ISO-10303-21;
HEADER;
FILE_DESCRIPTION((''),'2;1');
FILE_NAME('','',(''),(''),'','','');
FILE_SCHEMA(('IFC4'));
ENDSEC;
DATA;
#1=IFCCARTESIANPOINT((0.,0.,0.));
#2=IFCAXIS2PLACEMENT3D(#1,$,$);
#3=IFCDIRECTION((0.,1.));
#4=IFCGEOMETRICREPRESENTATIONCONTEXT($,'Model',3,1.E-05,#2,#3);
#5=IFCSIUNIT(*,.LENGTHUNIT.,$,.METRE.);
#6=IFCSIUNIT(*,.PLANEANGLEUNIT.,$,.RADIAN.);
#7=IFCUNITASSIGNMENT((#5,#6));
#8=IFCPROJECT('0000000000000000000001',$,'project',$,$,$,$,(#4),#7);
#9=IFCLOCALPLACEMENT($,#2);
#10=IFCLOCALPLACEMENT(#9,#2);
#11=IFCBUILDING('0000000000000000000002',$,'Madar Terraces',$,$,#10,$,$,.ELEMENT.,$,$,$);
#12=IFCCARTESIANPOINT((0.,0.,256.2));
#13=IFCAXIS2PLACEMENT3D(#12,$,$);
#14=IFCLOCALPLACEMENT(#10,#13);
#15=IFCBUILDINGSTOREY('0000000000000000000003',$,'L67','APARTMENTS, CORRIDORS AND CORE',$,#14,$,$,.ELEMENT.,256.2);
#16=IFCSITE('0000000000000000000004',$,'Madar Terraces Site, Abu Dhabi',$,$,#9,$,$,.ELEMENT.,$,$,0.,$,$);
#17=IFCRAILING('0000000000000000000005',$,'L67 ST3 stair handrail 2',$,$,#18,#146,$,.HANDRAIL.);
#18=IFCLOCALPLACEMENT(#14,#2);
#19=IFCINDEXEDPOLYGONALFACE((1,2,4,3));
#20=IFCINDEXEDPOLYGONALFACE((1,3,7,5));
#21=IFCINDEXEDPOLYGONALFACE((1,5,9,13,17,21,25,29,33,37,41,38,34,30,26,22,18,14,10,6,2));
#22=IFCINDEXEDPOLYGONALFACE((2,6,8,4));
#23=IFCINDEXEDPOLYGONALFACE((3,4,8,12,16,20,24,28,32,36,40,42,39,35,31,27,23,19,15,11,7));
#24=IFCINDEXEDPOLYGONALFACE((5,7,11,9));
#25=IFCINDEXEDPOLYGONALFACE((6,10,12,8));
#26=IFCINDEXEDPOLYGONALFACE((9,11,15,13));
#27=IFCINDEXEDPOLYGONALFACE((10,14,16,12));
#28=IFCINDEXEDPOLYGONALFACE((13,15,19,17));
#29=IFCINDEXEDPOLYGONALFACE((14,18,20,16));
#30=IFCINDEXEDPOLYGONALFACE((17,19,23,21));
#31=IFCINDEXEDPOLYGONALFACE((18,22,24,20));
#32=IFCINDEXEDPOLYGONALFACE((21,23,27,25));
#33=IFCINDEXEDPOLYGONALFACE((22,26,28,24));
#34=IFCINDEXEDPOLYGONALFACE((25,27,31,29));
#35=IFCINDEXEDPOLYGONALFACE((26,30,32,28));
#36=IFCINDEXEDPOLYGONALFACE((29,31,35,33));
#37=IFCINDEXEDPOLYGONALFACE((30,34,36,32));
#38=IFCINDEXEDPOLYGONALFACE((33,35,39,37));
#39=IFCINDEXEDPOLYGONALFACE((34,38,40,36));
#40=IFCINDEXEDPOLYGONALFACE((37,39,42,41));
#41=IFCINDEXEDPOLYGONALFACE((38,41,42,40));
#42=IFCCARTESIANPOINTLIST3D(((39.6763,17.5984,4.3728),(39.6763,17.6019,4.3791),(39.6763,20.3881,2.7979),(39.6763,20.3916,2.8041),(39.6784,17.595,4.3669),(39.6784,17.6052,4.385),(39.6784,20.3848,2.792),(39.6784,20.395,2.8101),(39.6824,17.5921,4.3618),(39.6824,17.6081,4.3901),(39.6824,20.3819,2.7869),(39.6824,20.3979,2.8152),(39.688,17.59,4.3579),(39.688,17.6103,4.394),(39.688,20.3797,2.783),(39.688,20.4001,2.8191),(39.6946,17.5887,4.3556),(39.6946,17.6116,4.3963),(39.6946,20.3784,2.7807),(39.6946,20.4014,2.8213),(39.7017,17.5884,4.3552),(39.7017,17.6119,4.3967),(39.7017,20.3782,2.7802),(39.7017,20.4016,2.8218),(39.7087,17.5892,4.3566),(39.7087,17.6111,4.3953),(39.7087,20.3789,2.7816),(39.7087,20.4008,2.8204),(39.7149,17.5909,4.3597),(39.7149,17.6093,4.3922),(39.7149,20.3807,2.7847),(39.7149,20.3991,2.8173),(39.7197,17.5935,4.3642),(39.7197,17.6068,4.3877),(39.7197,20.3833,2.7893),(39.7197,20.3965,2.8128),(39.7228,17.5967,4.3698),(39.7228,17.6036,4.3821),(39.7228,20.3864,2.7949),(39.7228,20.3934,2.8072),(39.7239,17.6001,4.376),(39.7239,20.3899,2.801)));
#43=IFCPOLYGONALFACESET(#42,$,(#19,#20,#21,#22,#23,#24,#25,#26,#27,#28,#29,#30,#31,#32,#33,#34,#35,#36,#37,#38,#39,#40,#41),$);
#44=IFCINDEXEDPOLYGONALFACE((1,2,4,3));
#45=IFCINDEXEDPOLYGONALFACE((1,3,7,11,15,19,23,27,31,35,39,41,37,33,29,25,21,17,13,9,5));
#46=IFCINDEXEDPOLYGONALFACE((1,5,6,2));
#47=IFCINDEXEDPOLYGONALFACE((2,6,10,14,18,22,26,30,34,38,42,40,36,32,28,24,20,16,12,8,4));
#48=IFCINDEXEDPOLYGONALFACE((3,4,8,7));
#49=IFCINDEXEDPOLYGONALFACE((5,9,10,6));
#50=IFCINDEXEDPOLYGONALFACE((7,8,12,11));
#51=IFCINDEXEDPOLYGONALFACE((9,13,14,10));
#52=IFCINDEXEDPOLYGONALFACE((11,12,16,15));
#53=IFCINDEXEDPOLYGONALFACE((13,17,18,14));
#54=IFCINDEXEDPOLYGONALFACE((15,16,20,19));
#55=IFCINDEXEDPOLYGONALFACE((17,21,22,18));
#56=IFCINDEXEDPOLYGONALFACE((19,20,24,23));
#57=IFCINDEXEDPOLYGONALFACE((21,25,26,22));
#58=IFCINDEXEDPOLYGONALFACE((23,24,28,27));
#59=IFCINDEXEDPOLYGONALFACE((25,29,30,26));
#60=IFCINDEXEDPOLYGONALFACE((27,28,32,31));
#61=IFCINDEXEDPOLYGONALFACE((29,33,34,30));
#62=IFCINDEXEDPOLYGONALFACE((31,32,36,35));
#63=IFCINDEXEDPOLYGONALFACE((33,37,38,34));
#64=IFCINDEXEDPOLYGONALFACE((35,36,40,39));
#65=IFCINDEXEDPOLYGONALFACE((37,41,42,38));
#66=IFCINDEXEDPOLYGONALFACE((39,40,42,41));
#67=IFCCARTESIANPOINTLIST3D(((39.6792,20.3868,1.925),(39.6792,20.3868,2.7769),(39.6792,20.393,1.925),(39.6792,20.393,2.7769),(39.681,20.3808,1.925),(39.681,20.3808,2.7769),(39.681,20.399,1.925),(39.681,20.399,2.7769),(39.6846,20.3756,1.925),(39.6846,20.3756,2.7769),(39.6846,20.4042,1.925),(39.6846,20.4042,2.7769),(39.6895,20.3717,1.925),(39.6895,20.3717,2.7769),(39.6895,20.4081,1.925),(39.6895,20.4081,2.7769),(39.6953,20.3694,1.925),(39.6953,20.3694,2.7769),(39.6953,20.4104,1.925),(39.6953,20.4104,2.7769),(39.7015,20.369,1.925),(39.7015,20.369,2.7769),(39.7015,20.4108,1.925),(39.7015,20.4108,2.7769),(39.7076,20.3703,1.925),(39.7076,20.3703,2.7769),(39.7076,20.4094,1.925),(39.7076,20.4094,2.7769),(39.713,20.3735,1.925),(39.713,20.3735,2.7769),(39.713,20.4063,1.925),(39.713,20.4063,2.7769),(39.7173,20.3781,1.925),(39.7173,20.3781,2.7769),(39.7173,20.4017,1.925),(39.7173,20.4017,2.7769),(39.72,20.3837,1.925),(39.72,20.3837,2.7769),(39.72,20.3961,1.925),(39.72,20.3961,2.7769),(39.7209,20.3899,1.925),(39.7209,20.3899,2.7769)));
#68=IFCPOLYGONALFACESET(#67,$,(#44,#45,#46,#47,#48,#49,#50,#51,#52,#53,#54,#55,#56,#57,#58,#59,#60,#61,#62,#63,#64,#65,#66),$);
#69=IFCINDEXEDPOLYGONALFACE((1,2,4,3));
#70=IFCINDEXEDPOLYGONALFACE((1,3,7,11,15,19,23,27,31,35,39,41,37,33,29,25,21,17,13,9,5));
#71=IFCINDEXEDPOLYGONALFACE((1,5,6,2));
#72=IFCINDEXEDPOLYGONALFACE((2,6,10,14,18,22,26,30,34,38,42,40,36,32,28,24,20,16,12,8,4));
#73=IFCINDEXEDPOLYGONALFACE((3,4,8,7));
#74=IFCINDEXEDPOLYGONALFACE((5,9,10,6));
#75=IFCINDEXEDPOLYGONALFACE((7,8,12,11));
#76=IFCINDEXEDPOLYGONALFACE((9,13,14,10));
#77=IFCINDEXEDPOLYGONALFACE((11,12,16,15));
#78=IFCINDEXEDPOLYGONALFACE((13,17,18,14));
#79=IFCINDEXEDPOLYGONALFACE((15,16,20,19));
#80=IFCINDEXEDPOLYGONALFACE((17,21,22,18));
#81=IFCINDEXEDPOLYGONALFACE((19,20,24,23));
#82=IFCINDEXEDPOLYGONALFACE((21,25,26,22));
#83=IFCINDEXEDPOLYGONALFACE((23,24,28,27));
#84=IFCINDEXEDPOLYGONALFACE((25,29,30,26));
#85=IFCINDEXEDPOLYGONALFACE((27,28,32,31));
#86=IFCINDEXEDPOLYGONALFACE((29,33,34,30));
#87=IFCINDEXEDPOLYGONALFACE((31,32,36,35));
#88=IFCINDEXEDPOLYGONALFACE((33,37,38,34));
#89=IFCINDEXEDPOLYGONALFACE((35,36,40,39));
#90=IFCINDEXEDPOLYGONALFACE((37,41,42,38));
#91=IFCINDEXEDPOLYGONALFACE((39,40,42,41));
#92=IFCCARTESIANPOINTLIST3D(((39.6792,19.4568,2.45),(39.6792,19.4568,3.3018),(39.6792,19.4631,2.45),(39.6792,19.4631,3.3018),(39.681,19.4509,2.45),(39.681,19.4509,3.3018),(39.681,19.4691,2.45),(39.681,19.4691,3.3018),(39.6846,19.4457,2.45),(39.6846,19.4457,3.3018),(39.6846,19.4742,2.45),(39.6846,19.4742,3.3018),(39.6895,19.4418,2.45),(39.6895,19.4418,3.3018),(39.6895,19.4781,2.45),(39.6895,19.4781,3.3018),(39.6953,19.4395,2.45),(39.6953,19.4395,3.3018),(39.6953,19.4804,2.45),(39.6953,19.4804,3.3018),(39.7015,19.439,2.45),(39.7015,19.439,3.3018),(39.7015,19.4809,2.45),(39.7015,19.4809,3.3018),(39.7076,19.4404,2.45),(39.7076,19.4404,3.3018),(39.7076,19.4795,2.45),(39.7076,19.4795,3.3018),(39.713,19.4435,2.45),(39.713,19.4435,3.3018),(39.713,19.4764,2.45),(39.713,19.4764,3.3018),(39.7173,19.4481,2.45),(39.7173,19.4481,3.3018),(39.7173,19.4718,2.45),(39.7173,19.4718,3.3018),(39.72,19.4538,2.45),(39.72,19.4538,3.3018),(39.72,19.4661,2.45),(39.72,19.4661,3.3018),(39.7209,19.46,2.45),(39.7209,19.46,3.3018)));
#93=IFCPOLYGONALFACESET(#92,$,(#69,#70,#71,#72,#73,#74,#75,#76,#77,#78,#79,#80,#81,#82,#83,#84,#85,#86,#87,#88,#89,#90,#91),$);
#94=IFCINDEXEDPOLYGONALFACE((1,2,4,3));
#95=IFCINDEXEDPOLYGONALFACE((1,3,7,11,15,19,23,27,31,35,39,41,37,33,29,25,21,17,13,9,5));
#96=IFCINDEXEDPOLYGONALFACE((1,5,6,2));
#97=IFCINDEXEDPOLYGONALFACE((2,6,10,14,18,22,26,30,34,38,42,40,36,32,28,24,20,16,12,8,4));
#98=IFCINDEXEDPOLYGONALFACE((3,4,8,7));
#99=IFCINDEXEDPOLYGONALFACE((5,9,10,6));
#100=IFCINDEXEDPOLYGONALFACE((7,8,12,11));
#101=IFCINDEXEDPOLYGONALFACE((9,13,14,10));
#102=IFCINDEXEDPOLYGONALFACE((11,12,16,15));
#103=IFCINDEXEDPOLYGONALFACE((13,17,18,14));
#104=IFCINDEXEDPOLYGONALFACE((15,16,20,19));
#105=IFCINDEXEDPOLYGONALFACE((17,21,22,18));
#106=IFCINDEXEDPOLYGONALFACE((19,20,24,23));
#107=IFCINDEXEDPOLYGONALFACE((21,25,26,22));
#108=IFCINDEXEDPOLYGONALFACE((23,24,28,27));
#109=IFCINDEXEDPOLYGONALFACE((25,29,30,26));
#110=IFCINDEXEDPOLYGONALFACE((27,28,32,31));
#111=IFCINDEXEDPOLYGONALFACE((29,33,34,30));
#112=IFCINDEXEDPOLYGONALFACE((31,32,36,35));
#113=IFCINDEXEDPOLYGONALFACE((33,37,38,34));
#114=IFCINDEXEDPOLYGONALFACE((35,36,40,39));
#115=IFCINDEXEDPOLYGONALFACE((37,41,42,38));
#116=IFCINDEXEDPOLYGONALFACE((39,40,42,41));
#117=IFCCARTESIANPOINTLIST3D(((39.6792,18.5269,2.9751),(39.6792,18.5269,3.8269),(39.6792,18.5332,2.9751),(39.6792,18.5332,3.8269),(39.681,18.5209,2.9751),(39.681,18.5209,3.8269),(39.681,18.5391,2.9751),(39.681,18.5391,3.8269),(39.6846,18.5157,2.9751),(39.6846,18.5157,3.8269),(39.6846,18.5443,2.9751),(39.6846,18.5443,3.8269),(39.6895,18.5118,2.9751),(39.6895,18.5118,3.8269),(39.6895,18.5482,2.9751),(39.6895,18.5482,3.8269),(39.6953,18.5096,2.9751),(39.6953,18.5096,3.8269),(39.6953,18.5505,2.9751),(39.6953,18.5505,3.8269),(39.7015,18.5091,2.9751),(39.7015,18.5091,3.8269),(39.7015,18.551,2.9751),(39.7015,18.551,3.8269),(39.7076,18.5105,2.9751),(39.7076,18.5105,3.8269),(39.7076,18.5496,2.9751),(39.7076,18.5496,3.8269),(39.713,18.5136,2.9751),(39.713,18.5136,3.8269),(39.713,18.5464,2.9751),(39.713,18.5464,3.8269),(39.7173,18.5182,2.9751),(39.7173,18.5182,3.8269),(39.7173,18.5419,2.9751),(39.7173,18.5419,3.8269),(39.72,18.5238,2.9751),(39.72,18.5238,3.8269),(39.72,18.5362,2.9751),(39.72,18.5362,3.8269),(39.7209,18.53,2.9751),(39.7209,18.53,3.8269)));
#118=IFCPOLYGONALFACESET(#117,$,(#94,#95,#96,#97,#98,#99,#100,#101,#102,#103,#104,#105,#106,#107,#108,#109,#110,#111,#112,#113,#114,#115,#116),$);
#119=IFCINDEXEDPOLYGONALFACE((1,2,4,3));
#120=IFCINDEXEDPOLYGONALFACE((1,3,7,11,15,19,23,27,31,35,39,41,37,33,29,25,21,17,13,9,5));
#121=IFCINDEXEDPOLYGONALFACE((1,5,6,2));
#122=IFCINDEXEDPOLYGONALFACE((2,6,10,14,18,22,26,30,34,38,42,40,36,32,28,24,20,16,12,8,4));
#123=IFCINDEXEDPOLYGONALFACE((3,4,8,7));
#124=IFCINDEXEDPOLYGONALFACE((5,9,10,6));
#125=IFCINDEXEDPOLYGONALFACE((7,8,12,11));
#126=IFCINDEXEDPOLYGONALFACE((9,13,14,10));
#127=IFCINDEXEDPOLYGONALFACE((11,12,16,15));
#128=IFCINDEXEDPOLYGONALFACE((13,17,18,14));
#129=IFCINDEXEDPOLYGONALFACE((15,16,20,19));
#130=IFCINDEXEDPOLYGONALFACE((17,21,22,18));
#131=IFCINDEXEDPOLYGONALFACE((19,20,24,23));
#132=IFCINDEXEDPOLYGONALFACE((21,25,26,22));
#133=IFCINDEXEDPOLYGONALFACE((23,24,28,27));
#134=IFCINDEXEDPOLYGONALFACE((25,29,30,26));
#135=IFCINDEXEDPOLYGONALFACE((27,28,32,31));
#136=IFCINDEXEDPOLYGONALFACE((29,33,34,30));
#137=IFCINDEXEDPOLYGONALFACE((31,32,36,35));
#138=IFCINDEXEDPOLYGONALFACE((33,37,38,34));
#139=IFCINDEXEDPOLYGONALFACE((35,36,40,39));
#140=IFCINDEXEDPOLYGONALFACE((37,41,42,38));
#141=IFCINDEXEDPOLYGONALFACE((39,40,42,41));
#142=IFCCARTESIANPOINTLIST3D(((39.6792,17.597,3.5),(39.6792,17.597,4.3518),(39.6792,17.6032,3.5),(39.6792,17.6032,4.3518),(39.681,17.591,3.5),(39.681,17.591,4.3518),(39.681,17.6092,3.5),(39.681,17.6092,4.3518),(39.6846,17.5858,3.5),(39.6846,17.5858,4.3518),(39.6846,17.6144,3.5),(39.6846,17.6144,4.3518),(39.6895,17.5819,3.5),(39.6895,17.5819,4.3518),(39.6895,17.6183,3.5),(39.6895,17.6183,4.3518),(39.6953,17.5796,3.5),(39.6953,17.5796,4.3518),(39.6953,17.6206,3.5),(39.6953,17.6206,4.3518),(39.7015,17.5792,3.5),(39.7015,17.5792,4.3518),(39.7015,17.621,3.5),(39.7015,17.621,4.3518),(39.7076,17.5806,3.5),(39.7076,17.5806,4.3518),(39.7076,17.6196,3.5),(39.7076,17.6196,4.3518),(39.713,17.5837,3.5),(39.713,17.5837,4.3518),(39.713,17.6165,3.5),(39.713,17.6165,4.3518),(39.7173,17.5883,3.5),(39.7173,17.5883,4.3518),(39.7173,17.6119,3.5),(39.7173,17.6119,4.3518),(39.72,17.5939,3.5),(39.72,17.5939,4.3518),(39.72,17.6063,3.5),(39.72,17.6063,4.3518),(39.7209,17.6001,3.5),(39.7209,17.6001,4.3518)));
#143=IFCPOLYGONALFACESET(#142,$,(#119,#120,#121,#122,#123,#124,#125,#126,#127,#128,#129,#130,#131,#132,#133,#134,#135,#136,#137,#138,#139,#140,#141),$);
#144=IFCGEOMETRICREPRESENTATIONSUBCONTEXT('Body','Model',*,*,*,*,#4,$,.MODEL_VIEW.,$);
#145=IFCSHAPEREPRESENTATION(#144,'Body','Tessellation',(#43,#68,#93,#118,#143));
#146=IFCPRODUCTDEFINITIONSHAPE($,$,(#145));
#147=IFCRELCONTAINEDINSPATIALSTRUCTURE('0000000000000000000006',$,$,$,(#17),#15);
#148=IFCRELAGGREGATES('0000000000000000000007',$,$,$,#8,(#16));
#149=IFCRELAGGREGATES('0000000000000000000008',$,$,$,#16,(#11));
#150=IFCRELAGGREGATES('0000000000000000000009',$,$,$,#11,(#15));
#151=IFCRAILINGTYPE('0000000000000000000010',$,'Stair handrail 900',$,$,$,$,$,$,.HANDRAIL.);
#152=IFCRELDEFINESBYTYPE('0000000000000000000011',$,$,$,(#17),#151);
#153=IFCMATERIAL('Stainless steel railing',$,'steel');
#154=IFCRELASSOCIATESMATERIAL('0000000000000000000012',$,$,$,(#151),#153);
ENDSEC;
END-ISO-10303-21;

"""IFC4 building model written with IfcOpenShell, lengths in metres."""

from ifc_helpers import new_model, si_unit, direction, frame, origin, origin_2d, place, context, subcontext, project, spatial, circle, extrude, material, type_object, element, save


model = new_model("IFC4")

# Units and contexts
model_context = context("Model", 3, precision=1e-05, world=origin(), true_north=direction((0.0, 1.0)))
body_context = subcontext(model_context, "Body", "Model", "MODEL_VIEW")
ifc_project = project(units=[si_unit("LENGTHUNIT", "METRE"), si_unit("PLANEANGLEUNIT", "RADIAN")], contexts=[model_context])

# Site, building, storey
site_placement = place(None, origin())
site = spatial("IfcSite", under=ifc_project, at=site_placement, Name="Madar Terraces Site, Abu Dhabi", CompositionType="ELEMENT", RefElevation=0.0)
building_placement = place(site_placement, origin())
building = spatial("IfcBuilding", under=site, at=building_placement, Name="Madar Terraces", CompositionType="ELEMENT")
storey_placement = place(building_placement, frame((0.0, 0.0, 256.2)))
storey = spatial("IfcBuildingStorey", under=building, at=storey_placement, Name="L67", Description="APARTMENTS, CORRIDORS AND CORE", CompositionType="ELEMENT", Elevation=256.2)

# Railing
ifc_material_1 = material(Name="Stainless steel railing", Category="steel")
railing_type_1 = type_object("IfcRailingType", Name="Stair handrail 900", PredefinedType="HANDRAIL", material=ifc_material_1)
railing_1_placement = place(storey_placement, frame((39.7, 20.3899, 1.925)))
element("IfcRailing", 1, at=railing_1_placement, inside=storey, type_object=railing_type_1, Name="L67 ST3 stair handrail 2", PredefinedType="HANDRAIL", context=body_context, shape_type="SweptSolid", body=[
    extrude(circle(Radius=0.0239, at=origin_2d()), frame((0.0, 0.0, 0.876), z_axis=(0.0, -0.870815, 0.49161), x_axis=(1.0, 0.0, 0.0)), (0.0, 0.0, 1.0), 3.2036),
    extrude(circle(Radius=0.021, at=origin_2d()), origin(), (0.0, 0.0, 1.0), 0.8518),
    extrude(circle(Radius=0.021, at=origin_2d()), frame((0.0, -0.9299, 0.5249)), (0.0, 0.0, 1.0), 0.8518),
    extrude(circle(Radius=0.021, at=origin_2d()), frame((0.0, -1.8599, 1.05)), (0.0, 0.0, 1.0), 0.8518),
    extrude(circle(Radius=0.021, at=origin_2d()), frame((0.0, -2.7898, 1.575)), (0.0, 0.0, 1.0), 0.8518),
])

save(model, "model.ifc")
